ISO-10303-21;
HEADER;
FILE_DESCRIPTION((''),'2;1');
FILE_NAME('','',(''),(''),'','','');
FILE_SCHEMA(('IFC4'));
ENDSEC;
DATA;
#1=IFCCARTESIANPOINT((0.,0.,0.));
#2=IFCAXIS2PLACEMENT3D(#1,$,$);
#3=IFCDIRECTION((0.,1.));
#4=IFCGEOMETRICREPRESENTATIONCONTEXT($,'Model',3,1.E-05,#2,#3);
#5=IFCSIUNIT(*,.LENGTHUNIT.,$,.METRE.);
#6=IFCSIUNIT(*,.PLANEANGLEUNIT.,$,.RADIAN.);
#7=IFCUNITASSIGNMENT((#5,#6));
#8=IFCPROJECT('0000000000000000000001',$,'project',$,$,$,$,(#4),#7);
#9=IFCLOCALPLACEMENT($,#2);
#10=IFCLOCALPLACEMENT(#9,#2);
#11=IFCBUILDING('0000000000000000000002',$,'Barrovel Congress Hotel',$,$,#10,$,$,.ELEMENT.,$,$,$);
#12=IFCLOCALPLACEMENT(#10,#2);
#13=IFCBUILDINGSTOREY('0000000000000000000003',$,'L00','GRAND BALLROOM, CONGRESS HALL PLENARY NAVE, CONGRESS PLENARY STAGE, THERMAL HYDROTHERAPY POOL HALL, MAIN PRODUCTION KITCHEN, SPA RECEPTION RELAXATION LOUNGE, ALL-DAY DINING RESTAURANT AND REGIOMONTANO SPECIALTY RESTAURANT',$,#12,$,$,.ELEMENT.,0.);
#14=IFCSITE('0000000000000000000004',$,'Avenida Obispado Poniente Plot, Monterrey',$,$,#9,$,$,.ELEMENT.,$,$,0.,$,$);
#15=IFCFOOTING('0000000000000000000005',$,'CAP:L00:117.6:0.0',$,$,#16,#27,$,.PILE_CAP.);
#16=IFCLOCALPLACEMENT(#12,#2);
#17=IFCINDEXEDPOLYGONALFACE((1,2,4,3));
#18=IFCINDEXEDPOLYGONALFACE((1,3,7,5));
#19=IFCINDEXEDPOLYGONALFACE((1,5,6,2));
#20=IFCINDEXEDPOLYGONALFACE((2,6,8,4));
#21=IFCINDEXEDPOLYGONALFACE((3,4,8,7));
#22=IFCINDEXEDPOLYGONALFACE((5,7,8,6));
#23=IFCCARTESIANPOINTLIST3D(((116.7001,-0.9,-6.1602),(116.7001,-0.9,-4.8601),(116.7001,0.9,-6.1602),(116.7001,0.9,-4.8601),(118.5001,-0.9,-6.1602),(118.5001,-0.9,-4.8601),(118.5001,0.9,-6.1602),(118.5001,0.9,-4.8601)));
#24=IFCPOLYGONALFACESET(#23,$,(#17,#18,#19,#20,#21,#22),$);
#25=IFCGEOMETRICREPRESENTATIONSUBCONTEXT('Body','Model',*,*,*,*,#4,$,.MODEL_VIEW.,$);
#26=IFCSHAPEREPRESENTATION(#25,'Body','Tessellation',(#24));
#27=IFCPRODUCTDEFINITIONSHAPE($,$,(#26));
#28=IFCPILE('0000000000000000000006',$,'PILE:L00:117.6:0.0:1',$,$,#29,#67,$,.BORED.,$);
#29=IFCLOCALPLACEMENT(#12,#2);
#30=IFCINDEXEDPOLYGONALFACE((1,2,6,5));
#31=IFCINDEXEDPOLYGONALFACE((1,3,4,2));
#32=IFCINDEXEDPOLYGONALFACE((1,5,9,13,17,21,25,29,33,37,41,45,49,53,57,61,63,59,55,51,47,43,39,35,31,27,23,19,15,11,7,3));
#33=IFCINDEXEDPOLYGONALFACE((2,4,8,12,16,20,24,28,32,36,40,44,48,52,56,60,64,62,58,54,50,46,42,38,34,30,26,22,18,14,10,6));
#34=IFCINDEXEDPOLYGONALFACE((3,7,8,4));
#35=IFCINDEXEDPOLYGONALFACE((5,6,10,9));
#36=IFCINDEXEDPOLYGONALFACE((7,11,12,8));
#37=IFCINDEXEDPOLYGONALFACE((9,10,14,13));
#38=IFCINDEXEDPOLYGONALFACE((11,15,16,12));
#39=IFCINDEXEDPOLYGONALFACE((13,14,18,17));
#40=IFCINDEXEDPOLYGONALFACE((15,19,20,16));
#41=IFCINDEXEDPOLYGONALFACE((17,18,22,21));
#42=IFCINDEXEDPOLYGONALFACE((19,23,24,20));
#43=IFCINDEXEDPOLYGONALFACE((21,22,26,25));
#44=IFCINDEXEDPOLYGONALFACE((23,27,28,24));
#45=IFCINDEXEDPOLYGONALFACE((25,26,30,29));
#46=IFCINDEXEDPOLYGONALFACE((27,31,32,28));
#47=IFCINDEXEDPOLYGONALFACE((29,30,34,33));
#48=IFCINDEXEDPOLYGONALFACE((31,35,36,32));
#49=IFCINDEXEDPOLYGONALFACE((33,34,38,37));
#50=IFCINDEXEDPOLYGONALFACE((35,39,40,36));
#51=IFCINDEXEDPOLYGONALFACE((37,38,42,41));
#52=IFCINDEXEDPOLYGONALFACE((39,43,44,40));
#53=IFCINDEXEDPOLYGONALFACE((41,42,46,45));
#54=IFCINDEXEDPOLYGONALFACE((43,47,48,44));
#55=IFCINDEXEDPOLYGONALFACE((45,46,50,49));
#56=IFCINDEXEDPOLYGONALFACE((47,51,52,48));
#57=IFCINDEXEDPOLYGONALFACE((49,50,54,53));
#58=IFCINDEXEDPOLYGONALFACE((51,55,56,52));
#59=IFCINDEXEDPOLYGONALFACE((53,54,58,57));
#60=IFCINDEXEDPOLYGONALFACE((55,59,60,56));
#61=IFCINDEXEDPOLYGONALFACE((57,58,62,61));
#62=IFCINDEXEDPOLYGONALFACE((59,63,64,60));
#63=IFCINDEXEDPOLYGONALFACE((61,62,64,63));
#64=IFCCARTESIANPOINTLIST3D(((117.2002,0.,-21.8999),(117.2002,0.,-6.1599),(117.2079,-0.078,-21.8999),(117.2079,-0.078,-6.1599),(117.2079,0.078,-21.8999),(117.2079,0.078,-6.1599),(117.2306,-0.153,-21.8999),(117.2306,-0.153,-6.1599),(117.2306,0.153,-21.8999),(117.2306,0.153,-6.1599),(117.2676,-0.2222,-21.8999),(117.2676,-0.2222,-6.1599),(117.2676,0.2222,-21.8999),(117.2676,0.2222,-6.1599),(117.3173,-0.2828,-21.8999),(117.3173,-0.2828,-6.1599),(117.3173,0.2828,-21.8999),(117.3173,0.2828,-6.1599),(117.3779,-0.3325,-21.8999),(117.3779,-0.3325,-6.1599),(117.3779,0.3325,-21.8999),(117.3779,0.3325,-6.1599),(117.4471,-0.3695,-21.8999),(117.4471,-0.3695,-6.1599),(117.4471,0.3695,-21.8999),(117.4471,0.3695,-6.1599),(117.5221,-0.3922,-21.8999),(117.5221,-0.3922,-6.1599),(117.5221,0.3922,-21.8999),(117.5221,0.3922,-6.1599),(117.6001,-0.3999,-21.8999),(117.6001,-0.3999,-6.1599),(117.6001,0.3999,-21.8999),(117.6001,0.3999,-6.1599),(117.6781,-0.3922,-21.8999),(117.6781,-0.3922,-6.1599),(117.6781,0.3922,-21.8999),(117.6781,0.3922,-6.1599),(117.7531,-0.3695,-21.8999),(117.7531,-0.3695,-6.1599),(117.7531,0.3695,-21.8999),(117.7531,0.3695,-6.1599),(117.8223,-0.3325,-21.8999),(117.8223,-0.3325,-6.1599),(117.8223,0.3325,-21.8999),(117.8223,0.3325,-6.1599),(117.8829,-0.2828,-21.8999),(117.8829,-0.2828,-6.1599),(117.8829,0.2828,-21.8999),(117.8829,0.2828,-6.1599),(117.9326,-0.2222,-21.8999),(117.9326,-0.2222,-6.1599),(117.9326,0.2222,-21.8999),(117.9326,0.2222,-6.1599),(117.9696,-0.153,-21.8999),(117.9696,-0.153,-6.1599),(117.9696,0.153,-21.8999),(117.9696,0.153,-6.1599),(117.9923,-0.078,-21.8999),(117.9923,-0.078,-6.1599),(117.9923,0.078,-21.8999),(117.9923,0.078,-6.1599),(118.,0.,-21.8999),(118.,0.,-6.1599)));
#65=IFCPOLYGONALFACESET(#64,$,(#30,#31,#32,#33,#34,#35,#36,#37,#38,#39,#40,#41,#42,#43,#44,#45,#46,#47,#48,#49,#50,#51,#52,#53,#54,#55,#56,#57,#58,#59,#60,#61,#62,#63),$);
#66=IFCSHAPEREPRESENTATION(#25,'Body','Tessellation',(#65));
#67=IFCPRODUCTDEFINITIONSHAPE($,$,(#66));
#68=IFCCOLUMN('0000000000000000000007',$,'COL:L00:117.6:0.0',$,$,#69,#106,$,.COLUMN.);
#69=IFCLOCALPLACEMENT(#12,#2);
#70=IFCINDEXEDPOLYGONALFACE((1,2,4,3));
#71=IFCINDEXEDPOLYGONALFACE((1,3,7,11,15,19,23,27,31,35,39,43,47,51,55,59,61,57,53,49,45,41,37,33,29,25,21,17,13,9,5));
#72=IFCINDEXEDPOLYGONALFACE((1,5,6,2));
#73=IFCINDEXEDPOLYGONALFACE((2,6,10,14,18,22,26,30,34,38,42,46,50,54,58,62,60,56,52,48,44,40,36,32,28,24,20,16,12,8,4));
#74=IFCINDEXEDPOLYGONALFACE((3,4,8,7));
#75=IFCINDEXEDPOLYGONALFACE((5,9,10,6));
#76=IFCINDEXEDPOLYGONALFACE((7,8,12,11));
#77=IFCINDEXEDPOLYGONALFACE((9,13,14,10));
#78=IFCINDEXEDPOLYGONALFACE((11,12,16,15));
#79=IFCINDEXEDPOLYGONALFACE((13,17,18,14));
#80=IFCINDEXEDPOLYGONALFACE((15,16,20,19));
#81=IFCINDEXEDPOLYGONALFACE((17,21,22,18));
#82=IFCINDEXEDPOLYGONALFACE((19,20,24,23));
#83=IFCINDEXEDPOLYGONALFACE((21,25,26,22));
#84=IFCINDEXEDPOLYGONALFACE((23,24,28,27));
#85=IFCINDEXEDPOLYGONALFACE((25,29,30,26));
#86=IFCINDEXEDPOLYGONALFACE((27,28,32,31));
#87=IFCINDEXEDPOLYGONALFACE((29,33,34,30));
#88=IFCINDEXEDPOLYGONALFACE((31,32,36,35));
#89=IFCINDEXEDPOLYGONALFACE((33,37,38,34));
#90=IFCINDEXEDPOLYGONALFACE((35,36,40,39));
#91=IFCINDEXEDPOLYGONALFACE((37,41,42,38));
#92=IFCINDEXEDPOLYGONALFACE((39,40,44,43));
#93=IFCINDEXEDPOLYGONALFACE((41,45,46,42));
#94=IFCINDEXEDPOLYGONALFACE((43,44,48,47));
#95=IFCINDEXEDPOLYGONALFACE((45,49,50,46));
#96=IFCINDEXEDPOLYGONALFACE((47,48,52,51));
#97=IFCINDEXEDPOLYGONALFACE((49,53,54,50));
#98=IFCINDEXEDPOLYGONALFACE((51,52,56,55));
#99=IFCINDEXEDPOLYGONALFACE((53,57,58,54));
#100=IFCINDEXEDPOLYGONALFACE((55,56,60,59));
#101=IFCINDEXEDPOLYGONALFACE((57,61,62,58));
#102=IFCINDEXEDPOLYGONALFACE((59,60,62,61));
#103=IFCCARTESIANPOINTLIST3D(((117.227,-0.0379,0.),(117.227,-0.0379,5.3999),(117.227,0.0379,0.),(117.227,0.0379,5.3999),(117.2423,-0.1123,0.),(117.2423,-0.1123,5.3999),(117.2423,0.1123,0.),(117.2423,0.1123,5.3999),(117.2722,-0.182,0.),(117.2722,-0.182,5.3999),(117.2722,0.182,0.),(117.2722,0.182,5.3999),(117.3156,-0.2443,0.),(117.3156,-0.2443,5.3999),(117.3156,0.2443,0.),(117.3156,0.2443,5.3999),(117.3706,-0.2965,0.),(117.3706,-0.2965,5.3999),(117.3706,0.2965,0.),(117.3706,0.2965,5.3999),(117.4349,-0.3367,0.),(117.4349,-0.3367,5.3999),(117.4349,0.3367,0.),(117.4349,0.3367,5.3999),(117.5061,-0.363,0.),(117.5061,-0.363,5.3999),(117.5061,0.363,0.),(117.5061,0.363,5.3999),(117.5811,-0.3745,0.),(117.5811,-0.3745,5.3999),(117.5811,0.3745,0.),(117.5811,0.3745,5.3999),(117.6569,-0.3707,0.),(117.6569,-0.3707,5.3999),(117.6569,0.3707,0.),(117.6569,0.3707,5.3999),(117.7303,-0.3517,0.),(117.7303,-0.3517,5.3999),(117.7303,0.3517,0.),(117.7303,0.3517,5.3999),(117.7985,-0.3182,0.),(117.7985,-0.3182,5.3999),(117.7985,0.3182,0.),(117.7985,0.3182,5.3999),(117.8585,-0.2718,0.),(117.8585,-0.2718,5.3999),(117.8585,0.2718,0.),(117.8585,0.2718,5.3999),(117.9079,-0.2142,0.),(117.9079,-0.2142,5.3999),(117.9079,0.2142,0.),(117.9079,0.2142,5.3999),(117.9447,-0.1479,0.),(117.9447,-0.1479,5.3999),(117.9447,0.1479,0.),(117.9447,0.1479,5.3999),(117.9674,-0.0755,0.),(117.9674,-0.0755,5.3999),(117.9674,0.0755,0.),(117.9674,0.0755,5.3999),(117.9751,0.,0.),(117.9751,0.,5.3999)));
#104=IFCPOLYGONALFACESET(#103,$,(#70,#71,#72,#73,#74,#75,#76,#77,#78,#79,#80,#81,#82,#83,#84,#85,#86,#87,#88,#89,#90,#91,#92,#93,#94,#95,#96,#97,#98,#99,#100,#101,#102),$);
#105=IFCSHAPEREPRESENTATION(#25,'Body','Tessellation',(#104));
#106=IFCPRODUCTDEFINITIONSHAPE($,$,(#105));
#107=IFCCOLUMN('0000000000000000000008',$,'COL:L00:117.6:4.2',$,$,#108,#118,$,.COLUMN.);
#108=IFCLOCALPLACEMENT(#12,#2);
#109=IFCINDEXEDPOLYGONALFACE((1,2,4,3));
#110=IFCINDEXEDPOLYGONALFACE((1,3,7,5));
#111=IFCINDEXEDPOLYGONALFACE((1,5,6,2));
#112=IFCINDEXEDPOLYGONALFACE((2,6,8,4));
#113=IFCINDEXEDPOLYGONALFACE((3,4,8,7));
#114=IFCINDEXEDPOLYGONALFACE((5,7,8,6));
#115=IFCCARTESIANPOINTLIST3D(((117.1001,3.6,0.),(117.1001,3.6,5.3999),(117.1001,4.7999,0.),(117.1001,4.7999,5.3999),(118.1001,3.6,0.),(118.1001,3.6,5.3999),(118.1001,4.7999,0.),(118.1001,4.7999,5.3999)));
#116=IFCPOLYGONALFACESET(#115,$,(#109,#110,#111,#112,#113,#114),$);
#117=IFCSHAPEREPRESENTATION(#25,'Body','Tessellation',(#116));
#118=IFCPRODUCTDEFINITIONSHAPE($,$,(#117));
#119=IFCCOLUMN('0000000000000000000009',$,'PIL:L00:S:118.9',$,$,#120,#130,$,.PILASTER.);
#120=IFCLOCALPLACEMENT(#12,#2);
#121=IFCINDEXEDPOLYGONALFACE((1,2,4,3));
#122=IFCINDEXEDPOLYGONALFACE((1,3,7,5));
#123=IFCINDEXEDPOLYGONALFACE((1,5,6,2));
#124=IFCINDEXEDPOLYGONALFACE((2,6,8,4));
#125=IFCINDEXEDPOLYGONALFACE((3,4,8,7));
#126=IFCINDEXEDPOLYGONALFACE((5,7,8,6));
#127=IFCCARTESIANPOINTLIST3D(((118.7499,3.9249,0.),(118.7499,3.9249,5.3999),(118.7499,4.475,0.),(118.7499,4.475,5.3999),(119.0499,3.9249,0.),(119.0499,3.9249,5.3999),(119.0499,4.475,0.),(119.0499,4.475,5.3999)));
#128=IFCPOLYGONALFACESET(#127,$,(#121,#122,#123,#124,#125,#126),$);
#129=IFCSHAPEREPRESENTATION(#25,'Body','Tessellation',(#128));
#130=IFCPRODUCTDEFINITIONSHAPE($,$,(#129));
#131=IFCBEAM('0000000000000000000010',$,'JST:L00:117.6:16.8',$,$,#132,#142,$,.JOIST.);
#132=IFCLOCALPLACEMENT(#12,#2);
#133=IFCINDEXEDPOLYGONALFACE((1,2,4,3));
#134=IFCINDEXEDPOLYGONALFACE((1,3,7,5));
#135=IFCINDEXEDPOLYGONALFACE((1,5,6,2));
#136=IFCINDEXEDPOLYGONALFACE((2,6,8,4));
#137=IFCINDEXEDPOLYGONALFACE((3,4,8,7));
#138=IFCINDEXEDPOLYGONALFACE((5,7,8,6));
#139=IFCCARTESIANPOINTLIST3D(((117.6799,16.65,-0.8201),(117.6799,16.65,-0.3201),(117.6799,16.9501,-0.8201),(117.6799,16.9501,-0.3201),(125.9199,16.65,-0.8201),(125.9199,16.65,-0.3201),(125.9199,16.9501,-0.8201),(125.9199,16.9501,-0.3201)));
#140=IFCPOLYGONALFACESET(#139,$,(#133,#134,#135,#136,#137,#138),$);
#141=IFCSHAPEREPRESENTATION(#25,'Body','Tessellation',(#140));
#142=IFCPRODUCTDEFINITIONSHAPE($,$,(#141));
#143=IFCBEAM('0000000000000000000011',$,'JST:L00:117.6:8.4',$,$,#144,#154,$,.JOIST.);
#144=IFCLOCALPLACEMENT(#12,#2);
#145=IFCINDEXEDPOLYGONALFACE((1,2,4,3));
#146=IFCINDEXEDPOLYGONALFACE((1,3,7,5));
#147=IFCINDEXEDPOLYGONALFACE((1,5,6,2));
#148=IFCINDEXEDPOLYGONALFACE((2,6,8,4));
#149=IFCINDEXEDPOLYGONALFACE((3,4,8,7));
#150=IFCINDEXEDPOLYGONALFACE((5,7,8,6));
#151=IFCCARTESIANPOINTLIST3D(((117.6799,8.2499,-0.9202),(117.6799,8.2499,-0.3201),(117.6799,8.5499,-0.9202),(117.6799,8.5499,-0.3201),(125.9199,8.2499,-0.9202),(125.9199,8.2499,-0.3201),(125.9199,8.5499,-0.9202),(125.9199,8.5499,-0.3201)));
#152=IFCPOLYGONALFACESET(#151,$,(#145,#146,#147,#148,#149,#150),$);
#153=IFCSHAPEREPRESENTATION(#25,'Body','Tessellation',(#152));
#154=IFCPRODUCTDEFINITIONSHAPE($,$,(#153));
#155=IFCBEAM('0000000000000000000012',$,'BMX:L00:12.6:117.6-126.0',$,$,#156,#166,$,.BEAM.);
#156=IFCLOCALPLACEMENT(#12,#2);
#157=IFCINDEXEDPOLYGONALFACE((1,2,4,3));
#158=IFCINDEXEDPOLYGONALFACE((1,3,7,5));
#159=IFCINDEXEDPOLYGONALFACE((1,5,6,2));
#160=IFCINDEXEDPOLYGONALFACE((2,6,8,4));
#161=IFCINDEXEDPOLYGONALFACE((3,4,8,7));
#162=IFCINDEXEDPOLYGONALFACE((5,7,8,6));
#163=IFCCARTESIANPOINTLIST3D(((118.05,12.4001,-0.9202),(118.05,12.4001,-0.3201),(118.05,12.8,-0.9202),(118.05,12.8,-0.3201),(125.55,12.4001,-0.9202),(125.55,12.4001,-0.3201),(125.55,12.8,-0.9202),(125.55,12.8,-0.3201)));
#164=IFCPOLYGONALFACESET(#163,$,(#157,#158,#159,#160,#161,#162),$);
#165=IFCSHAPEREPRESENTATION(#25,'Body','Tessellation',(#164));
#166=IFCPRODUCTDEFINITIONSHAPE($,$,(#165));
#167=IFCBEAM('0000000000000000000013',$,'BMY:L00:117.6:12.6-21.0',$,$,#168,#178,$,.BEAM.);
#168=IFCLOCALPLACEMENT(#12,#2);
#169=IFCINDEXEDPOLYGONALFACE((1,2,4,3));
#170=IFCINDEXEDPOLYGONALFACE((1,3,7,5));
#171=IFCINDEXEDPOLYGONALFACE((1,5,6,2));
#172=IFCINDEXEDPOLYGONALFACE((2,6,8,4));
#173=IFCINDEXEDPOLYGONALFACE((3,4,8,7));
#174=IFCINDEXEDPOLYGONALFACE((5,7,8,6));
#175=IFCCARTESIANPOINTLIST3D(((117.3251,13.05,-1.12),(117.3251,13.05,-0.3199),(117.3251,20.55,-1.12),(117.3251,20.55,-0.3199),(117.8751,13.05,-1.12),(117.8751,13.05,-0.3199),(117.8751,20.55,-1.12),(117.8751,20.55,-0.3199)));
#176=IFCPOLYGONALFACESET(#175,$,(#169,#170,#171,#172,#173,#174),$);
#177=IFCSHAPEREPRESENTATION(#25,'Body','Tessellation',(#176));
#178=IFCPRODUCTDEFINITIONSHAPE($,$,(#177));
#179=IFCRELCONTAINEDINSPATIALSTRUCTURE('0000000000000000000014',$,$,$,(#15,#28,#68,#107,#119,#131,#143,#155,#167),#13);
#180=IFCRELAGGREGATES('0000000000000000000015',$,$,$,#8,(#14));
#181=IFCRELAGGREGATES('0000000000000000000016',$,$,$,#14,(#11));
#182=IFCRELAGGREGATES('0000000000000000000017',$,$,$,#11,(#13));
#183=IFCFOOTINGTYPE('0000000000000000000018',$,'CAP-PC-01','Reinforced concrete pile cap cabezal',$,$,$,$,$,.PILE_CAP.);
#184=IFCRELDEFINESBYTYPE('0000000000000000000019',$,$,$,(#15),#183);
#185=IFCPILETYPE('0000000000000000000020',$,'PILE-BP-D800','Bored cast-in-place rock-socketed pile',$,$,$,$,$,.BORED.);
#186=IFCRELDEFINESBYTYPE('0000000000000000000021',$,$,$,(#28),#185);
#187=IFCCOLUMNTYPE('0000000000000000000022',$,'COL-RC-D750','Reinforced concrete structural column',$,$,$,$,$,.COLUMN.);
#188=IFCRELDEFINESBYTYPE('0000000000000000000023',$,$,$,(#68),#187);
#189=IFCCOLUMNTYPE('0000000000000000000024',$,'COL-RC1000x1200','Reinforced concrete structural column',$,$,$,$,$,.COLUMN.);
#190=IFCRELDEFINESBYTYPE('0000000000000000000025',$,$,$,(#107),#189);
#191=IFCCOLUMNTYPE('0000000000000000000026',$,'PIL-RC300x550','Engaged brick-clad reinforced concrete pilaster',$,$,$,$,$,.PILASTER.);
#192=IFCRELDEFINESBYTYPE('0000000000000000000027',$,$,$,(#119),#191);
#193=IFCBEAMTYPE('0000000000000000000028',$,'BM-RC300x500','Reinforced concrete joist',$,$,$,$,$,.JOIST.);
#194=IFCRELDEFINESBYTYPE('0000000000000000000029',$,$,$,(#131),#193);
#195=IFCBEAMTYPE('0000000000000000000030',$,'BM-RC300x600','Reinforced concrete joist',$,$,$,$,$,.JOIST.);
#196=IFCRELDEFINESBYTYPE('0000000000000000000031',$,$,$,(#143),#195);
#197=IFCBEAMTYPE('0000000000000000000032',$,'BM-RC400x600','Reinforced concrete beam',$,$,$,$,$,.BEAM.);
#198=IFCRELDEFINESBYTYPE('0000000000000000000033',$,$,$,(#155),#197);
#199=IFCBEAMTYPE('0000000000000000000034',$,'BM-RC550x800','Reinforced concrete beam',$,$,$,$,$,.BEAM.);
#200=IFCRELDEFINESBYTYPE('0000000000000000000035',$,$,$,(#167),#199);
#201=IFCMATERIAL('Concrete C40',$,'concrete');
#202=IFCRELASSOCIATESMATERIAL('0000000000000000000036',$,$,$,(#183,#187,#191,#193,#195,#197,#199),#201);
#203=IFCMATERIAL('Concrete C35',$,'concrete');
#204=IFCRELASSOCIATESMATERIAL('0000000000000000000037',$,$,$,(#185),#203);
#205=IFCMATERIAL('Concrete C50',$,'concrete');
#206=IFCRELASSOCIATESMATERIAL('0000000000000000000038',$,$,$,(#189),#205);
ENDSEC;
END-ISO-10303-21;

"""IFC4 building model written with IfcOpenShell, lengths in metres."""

from ifc_helpers import new_model, si_unit, direction, frame, origin, origin_2d, place, context, subcontext, project, spatial, rectangle, circle, extrude, material, material_profile, profile_set, type_object, element, save


model = new_model("IFC4")

# Units and contexts
model_context = context("Model", 3, precision=1e-05, world=origin(), true_north=direction((0.0, 1.0)))
body_context = subcontext(model_context, "Body", "Model", "MODEL_VIEW")
ifc_project = project(units=[si_unit("LENGTHUNIT", "METRE"), si_unit("PLANEANGLEUNIT", "RADIAN")], contexts=[model_context])

# Site, building, storey
site_placement = place(None, origin())
site = spatial("IfcSite", under=ifc_project, at=site_placement, Name="Avenida Obispado Poniente Plot, Monterrey", CompositionType="ELEMENT", RefElevation=0.0)
building_placement = place(site_placement, origin())
building = spatial("IfcBuilding", under=site, at=building_placement, Name="Barrovel Congress Hotel", CompositionType="ELEMENT")
storey_placement = place(building_placement, origin())
storey = spatial("IfcBuildingStorey", under=building, at=storey_placement, Name="L00", Description="GRAND BALLROOM, CONGRESS HALL PLENARY NAVE, CONGRESS PLENARY STAGE, THERMAL HYDROTHERAPY POOL HALL, MAIN PRODUCTION KITCHEN, SPA RECEPTION RELAXATION LOUNGE, ALL-DAY DINING RESTAURANT AND REGIOMONTANO SPECIALTY RESTAURANT", CompositionType="ELEMENT", Elevation=0.0)

# Footing
ifc_material_1 = material(Name="Concrete C40", Category="concrete")
footing_type = type_object("IfcFootingType", Name="CAP-PC-01", Description="Reinforced concrete pile cap cabezal", PredefinedType="PILE_CAP", material=ifc_material_1)
footing_placement = place(storey_placement, frame((117.6001, 0.0, -6.1602), z_axis=(0.0, 0.0, 1.0), x_axis=(1.0, 0.0, 0.0)))
element("IfcFooting", 1, at=footing_placement, inside=storey, type_object=footing_type, Name="CAP:L00:117.6:0.0", PredefinedType="PILE_CAP", context=body_context, shape_type="SweptSolid", body=[
    extrude(rectangle(XDim=1.8, YDim=1.8, at=origin_2d()), origin(), (0.0, 0.0, 1.0), 1.3),
])

# Pile
ifc_material_2 = material(Name="Concrete C35", Category="concrete")
ifc_material_profile_1 = material_profile(ifc_material_2, circle(Radius=0.3999, at=origin_2d()), Name="BP-D800")
ifc_profile_set_1 = profile_set([ifc_material_profile_1], Name="Concrete C35")
pile_type = type_object("IfcPileType", Name="PILE-BP-D800", Description="Bored cast-in-place rock-socketed pile", PredefinedType="BORED", material=ifc_profile_set_1)
pile_placement = place(storey_placement, frame((117.6001, 0.0, -6.1599), z_axis=(0.0, 0.0, -1.0), x_axis=(1.0, 0.0, 0.0)))
element("IfcPile", 2, at=pile_placement, inside=storey, type_object=pile_type, Name="PILE:L00:117.6:0.0:1", PredefinedType="BORED", context=body_context, shape_type="SweptSolid", body=[
    extrude(circle(Radius=0.3999, at=origin_2d()), origin(), (0.0, 0.0, 1.0), 15.74),
])

# Columns
ifc_material_profile_2 = material_profile(ifc_material_1, circle(Radius=0.375, at=origin_2d()), Name="RC-D750")
ifc_profile_set_2 = profile_set([ifc_material_profile_2], Name="Concrete C40")
column_type_1 = type_object("IfcColumnType", Name="COL-RC-D750", Description="Reinforced concrete structural column", PredefinedType="COLUMN", material=ifc_profile_set_2)
column_1_placement = place(storey_placement, frame((117.6001, 0.0, 0.0), z_axis=(0.0, 0.0, 1.0), x_axis=(1.0, 0.0, 0.0)))
element("IfcColumn", 3, at=column_1_placement, inside=storey, type_object=column_type_1, Name="COL:L00:117.6:0.0", PredefinedType="COLUMN", context=body_context, shape_type="SweptSolid", body=[
    extrude(circle(Radius=0.375, at=origin_2d()), origin(), (0.0, 0.0, 1.0), 5.3999),
])
ifc_material_3 = material(Name="Concrete C50", Category="concrete")
ifc_material_profile_3 = material_profile(ifc_material_3, rectangle(XDim=1.0, YDim=1.2, at=origin_2d()), Name="RC1000x1200")
ifc_profile_set_3 = profile_set([ifc_material_profile_3], Name="Concrete C50")
column_type_2 = type_object("IfcColumnType", Name="COL-RC1000x1200", Description="Reinforced concrete structural column", PredefinedType="COLUMN", material=ifc_profile_set_3)
column_2_placement = place(storey_placement, frame((117.6001, 4.2, 0.0), z_axis=(0.0, 0.0, 1.0), x_axis=(1.0, 0.0, 0.0)))
element("IfcColumn", 4, at=column_2_placement, inside=storey, type_object=column_type_2, Name="COL:L00:117.6:4.2", PredefinedType="COLUMN", context=body_context, shape_type="SweptSolid", body=[
    extrude(rectangle(XDim=1.0, YDim=1.2, at=origin_2d()), origin(), (0.0, 0.0, 1.0), 5.3999),
])
ifc_material_profile_4 = material_profile(ifc_material_1, rectangle(XDim=0.3, YDim=0.55, at=origin_2d()), Name="RC300x550")
ifc_profile_set_4 = profile_set([ifc_material_profile_4], Name="Concrete C40")
column_type_3 = type_object("IfcColumnType", Name="PIL-RC300x550", Description="Engaged brick-clad reinforced concrete pilaster", PredefinedType="PILASTER", material=ifc_profile_set_4)
column_3_placement = place(storey_placement, frame((118.8999, 4.2, 0.0), z_axis=(0.0, 0.0, 1.0), x_axis=(1.0, 0.0, 0.0)))
element("IfcColumn", 5, at=column_3_placement, inside=storey, type_object=column_type_3, Name="PIL:L00:S:118.9", PredefinedType="PILASTER", context=body_context, shape_type="SweptSolid", body=[
    extrude(rectangle(XDim=0.3, YDim=0.55, at=origin_2d()), origin(), (0.0, 0.0, 1.0), 5.3999),
])

# Beams
ifc_material_profile_5 = material_profile(ifc_material_1, rectangle(XDim=0.3, YDim=0.5, at=origin_2d()), Name="RC300x500")
ifc_profile_set_5 = profile_set([ifc_material_profile_5], Name="Concrete C40")
beam_type_1 = type_object("IfcBeamType", Name="BM-RC300x500", Description="Reinforced concrete joist", PredefinedType="JOIST", material=ifc_profile_set_5)
beam_1_placement = place(storey_placement, frame((117.6799, 16.8, -0.5701), z_axis=(1.0, 0.0, 0.0), x_axis=(0.0, 1.0, 0.0)))
element("IfcBeam", 6, at=beam_1_placement, inside=storey, type_object=beam_type_1, Name="JST:L00:117.6:16.8", PredefinedType="JOIST", context=body_context, shape_type="SweptSolid", body=[
    extrude(rectangle(XDim=0.3, YDim=0.5, at=origin_2d()), origin(), (0.0, 0.0, 1.0), 8.24),
])
ifc_material_profile_6 = material_profile(ifc_material_1, rectangle(XDim=0.3, YDim=0.6001, at=origin_2d()), Name="RC300x600")
ifc_profile_set_6 = profile_set([ifc_material_profile_6], Name="Concrete C40")
beam_type_2 = type_object("IfcBeamType", Name="BM-RC300x600", Description="Reinforced concrete joist", PredefinedType="JOIST", material=ifc_profile_set_6)
beam_2_placement = place(storey_placement, frame((117.6799, 8.3999, -0.6201), z_axis=(1.0, 0.0, 0.0), x_axis=(0.0, 1.0, 0.0)))
element("IfcBeam", 7, at=beam_2_placement, inside=storey, type_object=beam_type_2, Name="JST:L00:117.6:8.4", PredefinedType="JOIST", context=body_context, shape_type="SweptSolid", body=[
    extrude(rectangle(XDim=0.3, YDim=0.6001, at=origin_2d()), origin(), (0.0, 0.0, 1.0), 8.24),
])
ifc_material_profile_7 = material_profile(ifc_material_1, rectangle(XDim=0.3999, YDim=0.6001, at=origin_2d()), Name="RC400x600")
ifc_profile_set_7 = profile_set([ifc_material_profile_7], Name="Concrete C40")
beam_type_3 = type_object("IfcBeamType", Name="BM-RC400x600", Description="Reinforced concrete beam", PredefinedType="BEAM", material=ifc_profile_set_7)
beam_3_placement = place(storey_placement, frame((118.05, 12.6001, -0.6201), z_axis=(1.0, 0.0, 0.0), x_axis=(0.0, 1.0, 0.0)))
element("IfcBeam", 8, at=beam_3_placement, inside=storey, type_object=beam_type_3, Name="BMX:L00:12.6:117.6-126.0", PredefinedType="BEAM", context=body_context, shape_type="SweptSolid", body=[
    extrude(rectangle(XDim=0.3999, YDim=0.6001, at=origin_2d()), origin(), (0.0, 0.0, 1.0), 7.5),
])
ifc_material_profile_8 = material_profile(ifc_material_1, rectangle(XDim=0.55, YDim=0.8, at=origin_2d()), Name="RC550x800")
ifc_profile_set_8 = profile_set([ifc_material_profile_8], Name="Concrete C40")
beam_type_4 = type_object("IfcBeamType", Name="BM-RC550x800", Description="Reinforced concrete beam", PredefinedType="BEAM", material=ifc_profile_set_8)
beam_4_placement = place(storey_placement, frame((117.6001, 13.05, -0.72), z_axis=(0.0, 1.0, 0.0), x_axis=(-1.0, 0.0, 0.0)))
element("IfcBeam", 9, at=beam_4_placement, inside=storey, type_object=beam_type_4, Name="BMY:L00:117.6:12.6-21.0", PredefinedType="BEAM", context=body_context, shape_type="SweptSolid", body=[
    extrude(rectangle(XDim=0.55, YDim=0.8, at=origin_2d()), origin(), (0.0, 0.0, 1.0), 7.5),
])

save(model, "model.ifc")
